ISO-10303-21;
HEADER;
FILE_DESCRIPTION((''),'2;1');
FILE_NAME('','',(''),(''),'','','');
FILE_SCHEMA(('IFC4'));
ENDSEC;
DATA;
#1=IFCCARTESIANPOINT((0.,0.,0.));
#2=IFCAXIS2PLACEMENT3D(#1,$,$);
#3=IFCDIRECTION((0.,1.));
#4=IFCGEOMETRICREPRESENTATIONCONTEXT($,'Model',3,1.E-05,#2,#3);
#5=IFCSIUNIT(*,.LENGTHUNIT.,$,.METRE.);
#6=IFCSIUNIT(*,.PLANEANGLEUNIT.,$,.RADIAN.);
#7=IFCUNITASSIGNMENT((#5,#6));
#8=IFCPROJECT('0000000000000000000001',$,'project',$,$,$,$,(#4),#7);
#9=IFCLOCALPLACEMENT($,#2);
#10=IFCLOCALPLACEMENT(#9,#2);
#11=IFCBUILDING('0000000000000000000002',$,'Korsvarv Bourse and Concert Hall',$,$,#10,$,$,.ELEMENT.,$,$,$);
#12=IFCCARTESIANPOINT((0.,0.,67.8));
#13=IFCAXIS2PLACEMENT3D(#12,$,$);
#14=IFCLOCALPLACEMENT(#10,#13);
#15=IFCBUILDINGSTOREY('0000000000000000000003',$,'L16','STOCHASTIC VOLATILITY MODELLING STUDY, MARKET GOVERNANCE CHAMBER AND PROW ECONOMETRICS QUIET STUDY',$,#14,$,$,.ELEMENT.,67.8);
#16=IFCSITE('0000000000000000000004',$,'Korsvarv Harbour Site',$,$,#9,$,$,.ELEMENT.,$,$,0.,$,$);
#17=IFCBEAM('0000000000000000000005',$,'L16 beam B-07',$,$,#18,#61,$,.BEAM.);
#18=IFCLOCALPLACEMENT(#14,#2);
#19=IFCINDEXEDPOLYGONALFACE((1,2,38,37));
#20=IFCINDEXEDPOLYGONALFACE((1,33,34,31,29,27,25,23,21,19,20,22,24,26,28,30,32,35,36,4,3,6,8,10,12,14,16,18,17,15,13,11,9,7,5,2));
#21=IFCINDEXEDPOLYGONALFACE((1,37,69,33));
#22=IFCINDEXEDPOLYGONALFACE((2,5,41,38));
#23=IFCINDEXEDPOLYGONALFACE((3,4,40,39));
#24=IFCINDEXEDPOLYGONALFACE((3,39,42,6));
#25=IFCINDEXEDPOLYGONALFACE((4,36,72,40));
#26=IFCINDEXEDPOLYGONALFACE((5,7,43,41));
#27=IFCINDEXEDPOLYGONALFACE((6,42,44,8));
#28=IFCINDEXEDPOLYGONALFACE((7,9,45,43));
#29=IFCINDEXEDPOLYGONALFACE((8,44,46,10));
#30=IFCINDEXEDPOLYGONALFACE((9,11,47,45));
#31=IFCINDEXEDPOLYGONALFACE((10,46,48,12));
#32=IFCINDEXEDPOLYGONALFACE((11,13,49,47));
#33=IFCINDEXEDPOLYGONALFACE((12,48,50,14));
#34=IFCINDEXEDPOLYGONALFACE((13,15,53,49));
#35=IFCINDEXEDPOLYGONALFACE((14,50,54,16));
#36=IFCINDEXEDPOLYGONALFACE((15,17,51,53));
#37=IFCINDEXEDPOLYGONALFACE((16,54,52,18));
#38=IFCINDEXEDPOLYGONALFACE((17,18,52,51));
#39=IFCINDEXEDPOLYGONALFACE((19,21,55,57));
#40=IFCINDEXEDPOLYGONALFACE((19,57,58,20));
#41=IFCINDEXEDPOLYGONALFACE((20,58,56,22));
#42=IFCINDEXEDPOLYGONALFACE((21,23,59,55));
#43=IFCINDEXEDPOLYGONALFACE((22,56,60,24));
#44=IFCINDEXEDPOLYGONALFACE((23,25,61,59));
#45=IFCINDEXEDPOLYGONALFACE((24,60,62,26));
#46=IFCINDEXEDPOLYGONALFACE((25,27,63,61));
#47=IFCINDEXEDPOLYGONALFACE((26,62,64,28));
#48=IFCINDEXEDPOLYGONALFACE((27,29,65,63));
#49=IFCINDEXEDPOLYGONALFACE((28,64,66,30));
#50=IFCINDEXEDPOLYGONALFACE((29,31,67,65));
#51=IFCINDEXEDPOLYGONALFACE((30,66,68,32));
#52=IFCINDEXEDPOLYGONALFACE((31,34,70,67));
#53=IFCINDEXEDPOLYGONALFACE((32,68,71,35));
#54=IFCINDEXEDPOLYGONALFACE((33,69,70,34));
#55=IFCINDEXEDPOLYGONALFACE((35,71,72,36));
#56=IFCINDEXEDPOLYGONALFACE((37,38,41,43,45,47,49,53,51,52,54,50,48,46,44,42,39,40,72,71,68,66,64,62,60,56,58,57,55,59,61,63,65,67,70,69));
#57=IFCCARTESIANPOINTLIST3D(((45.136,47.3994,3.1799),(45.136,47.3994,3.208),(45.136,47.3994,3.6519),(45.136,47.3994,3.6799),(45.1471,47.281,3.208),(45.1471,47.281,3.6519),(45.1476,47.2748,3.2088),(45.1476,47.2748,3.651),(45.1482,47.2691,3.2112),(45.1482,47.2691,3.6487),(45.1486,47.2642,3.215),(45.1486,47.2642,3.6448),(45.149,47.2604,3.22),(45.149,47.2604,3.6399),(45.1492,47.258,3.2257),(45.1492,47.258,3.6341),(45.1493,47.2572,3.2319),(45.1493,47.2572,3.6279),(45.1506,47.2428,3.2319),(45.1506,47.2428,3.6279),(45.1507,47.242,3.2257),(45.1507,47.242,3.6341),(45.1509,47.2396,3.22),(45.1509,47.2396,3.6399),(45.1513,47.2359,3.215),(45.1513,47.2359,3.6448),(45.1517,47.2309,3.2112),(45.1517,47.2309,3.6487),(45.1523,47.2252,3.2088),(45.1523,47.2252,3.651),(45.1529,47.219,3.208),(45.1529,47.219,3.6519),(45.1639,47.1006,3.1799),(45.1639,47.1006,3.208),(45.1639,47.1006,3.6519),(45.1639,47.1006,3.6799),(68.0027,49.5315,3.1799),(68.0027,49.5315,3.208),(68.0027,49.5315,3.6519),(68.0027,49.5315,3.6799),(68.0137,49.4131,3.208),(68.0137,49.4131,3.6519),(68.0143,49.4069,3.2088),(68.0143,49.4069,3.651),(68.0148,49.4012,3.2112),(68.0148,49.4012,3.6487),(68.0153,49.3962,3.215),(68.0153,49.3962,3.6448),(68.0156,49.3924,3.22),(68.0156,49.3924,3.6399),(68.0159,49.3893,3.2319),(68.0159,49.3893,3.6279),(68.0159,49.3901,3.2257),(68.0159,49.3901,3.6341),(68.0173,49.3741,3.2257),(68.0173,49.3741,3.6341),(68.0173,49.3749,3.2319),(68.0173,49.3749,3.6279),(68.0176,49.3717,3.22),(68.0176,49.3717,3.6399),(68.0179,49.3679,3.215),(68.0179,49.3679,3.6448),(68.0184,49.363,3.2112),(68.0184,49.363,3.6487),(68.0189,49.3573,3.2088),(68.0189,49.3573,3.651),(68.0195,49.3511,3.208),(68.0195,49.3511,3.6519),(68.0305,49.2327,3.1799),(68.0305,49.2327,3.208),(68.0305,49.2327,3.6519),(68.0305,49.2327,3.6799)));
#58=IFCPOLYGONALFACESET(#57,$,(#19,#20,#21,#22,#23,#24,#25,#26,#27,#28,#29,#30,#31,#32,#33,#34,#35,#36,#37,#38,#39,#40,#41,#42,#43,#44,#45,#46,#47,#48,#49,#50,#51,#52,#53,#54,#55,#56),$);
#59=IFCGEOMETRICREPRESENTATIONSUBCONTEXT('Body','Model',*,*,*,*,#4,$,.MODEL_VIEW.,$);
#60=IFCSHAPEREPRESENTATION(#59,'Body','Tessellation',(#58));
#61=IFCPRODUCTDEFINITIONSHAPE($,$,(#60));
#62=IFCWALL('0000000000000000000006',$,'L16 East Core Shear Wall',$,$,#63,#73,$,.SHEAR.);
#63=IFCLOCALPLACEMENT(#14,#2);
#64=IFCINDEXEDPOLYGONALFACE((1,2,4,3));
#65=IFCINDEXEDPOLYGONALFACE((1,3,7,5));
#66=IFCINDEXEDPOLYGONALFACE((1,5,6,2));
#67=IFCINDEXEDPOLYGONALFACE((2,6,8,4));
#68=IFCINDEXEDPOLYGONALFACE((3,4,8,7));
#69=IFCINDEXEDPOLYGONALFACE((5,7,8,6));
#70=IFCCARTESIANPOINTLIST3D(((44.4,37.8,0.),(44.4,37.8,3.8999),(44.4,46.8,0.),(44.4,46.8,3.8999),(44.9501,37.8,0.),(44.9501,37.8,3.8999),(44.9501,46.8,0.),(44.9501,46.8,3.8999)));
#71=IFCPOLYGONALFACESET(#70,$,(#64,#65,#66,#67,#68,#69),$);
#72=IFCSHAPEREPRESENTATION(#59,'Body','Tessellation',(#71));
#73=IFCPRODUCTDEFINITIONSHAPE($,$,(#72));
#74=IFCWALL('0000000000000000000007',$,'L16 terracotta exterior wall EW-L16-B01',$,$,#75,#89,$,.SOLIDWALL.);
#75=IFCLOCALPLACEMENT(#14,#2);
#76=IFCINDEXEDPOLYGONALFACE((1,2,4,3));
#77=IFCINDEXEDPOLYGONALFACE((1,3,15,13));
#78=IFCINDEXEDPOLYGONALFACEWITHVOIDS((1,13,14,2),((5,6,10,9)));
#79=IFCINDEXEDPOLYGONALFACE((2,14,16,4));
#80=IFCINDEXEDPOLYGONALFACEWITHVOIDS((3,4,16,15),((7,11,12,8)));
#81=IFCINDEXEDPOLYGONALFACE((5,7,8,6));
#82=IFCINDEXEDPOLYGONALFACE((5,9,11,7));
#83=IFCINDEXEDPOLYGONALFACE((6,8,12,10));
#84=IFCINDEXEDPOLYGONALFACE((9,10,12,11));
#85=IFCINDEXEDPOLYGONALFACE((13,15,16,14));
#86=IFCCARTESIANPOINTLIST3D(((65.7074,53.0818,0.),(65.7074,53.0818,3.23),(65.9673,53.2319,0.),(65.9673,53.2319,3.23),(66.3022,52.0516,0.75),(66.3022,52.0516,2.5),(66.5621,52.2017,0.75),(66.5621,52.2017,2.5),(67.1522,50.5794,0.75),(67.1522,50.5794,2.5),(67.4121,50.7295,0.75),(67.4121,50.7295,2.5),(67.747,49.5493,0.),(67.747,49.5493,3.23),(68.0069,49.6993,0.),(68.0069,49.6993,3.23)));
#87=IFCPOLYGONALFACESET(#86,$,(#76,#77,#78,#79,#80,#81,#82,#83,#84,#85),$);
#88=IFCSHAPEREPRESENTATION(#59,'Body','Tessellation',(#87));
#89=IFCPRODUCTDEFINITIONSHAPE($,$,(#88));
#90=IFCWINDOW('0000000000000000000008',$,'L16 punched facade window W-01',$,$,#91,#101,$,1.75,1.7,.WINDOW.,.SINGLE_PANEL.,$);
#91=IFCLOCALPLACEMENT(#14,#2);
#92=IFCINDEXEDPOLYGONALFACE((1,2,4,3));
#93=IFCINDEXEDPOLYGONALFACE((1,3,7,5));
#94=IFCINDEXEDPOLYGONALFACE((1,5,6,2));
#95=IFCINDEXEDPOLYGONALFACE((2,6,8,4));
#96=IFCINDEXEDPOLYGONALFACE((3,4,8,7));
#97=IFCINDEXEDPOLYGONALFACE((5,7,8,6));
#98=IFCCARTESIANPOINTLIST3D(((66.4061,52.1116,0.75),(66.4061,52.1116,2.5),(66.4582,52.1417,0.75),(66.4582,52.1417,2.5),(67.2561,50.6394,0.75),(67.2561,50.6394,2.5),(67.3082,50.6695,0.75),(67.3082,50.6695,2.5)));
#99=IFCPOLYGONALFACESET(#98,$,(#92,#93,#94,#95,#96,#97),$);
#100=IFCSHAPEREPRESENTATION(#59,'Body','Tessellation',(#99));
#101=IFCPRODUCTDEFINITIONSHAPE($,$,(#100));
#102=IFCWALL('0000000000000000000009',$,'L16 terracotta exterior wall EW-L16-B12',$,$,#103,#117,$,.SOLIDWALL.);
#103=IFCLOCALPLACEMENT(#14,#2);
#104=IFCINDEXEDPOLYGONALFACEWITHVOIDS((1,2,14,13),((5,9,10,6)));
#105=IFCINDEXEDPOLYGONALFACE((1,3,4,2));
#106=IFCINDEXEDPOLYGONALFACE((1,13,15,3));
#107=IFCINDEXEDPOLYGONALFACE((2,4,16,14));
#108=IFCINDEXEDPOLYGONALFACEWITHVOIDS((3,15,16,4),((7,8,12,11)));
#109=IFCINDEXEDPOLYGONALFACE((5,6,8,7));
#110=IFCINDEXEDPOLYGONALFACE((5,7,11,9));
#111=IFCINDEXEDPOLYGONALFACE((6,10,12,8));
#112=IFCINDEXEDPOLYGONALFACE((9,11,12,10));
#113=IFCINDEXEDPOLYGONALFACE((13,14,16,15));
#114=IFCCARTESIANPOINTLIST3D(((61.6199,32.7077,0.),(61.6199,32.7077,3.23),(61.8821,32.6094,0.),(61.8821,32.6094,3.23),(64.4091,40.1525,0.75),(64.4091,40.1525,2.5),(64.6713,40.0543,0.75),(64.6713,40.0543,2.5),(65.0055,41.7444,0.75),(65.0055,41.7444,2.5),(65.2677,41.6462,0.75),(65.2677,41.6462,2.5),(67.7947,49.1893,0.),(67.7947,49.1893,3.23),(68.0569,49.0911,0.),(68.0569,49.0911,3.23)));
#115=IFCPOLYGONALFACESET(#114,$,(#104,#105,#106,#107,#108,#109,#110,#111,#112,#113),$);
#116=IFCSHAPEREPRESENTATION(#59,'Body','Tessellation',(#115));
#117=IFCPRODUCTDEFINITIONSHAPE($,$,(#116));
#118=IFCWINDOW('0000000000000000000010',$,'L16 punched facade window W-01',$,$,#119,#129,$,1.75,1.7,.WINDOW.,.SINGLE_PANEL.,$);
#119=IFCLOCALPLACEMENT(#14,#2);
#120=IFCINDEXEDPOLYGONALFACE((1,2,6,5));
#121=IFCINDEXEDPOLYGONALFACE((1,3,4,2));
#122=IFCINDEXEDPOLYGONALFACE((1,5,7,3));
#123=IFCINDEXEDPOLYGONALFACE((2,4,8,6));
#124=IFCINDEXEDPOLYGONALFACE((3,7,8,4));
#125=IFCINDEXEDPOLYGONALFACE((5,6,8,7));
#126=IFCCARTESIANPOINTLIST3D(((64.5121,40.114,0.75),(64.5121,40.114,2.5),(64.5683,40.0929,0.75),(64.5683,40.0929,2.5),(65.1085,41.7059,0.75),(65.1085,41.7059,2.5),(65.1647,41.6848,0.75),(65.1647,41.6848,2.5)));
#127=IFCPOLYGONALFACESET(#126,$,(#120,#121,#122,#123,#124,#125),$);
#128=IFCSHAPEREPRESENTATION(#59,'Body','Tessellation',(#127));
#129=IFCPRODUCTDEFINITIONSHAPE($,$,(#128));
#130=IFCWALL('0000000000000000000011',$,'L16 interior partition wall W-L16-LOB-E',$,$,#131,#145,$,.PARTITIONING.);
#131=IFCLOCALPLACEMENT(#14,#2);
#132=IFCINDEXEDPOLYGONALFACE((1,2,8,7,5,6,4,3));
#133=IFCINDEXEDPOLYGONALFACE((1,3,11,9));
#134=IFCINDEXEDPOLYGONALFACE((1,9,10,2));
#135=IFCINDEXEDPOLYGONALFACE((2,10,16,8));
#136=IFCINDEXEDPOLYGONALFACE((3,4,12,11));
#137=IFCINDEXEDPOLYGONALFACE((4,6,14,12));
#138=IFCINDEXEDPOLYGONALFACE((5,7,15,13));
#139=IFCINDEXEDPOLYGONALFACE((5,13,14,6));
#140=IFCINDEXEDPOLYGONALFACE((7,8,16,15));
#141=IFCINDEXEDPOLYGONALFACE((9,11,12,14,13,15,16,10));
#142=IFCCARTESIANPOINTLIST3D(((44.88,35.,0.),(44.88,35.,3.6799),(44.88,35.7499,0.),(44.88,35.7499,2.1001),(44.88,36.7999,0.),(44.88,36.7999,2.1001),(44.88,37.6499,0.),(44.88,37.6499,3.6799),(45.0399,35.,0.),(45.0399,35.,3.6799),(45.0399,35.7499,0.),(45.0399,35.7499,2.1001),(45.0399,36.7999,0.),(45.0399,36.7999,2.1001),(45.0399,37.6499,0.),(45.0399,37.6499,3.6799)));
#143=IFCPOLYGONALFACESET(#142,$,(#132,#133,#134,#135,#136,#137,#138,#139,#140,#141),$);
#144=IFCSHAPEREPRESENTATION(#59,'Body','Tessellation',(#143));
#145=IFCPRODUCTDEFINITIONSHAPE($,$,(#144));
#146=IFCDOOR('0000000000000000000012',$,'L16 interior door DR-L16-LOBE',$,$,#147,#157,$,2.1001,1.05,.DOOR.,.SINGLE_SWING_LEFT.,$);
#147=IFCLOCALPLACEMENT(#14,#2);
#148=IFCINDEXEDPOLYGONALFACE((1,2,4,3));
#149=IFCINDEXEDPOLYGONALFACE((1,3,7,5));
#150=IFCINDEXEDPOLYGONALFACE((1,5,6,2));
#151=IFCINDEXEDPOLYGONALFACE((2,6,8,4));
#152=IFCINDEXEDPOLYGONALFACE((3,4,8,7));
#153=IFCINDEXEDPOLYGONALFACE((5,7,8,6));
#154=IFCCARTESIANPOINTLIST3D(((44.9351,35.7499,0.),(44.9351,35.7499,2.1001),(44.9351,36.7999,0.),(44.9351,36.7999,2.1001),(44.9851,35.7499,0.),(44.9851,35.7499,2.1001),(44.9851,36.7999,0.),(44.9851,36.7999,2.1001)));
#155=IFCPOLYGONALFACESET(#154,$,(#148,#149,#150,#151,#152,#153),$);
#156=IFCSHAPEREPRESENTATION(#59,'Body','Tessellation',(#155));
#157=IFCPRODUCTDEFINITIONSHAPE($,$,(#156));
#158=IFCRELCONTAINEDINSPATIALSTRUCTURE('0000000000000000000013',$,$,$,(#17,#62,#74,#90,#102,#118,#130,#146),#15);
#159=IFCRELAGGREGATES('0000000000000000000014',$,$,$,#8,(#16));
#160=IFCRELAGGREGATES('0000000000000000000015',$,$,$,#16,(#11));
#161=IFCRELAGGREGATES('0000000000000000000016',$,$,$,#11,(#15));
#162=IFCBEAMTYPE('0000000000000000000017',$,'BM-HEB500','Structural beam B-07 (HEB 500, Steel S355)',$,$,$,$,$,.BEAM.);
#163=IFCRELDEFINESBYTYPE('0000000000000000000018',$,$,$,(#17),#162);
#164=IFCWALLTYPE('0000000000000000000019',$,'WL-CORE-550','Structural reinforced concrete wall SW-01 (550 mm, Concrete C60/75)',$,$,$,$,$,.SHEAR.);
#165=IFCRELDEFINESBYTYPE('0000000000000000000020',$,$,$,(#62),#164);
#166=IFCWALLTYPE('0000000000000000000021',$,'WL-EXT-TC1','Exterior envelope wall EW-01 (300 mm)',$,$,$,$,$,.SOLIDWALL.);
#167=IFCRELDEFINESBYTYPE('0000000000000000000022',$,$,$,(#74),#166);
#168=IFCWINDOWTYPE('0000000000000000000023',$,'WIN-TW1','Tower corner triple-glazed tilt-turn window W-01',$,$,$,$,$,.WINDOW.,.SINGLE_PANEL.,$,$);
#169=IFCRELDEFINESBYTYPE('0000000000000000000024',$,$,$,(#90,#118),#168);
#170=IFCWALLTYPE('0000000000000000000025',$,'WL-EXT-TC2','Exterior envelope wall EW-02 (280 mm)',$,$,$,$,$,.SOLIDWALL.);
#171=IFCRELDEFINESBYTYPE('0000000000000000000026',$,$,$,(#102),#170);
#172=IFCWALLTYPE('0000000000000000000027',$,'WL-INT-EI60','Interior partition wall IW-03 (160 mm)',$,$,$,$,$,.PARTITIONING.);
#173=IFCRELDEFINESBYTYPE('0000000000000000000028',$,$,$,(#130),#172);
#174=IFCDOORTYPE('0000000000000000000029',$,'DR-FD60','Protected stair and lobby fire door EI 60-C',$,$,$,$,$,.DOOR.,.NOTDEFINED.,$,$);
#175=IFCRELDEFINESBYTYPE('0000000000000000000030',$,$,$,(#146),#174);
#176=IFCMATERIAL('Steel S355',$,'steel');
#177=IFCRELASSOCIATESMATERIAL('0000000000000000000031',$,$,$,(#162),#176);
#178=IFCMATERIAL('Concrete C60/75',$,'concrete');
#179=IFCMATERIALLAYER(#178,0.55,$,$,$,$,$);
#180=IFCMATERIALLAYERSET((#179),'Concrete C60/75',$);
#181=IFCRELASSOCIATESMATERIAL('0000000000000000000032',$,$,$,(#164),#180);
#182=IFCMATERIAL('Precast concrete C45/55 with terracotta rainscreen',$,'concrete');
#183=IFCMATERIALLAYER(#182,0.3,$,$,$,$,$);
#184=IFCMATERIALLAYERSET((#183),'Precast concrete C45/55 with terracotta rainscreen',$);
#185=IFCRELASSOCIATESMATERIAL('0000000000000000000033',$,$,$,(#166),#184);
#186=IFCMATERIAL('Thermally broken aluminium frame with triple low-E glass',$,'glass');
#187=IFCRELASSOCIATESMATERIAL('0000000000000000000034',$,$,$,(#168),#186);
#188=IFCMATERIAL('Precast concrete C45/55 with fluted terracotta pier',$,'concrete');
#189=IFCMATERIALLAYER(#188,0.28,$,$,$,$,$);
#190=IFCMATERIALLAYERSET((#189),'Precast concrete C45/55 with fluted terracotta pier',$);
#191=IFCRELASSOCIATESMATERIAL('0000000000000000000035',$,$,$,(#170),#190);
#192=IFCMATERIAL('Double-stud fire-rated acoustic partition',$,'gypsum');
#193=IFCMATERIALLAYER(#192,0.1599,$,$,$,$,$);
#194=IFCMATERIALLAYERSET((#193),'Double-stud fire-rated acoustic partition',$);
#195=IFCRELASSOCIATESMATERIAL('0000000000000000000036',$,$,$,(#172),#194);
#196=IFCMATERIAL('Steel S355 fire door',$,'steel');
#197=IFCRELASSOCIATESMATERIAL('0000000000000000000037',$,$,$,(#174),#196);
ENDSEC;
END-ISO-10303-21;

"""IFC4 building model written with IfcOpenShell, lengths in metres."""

from ifc_helpers import new_model, si_unit, direction, frame, frame_2d, origin, origin_2d, place, context, subcontext, project, spatial, rectangle, i_section, extrude, source, transform, mapped, material, layer, layer_set, material_profile, profile_set, type_object, element, fill, save


model = new_model("IFC4")

# Units and contexts
model_context = context("Model", 3, precision=1e-05, world=origin(), true_north=direction((0.0, 1.0)))
body_context = subcontext(model_context, "Body", "Model", "MODEL_VIEW")
ifc_project = project(units=[si_unit("LENGTHUNIT", "METRE"), si_unit("PLANEANGLEUNIT", "RADIAN")], contexts=[model_context])

# Site, building, storey
site_placement = place(None, origin())
site = spatial("IfcSite", under=ifc_project, at=site_placement, Name="Korsvarv Harbour Site", CompositionType="ELEMENT", RefElevation=0.0)
building_placement = place(site_placement, origin())
building = spatial("IfcBuilding", under=site, at=building_placement, Name="Korsvarv Bourse and Concert Hall", CompositionType="ELEMENT")
storey_placement = place(building_placement, frame((0.0, 0.0, 67.8)))
storey = spatial("IfcBuildingStorey", under=building, at=storey_placement, Name="L16", Description="STOCHASTIC VOLATILITY MODELLING STUDY, MARKET GOVERNANCE CHAMBER AND PROW ECONOMETRICS QUIET STUDY", CompositionType="ELEMENT", Elevation=67.8)

# Shared definitions
ifc_material_1 = material(Name="Concrete C60/75", Category="concrete")

# Beam
ifc_material_2 = material(Name="Steel S355", Category="steel")
ifc_material_profile_1 = material_profile(ifc_material_2, i_section(OverallWidth=0.3, OverallDepth=0.5, WebThickness=0.0144, FlangeThickness=0.0281, FilletRadius=0.0239, at=origin_2d()), Name="HEB 500")
ifc_profile_set_1 = profile_set([ifc_material_profile_1], Name="Steel S355")
beam_type_1 = type_object("IfcBeamType", Name="BM-HEB500", Description="Structural beam B-07 (HEB 500, Steel S355)", PredefinedType="BEAM", material=ifc_profile_set_1)
shared_shape_1 = source(origin(), body_context, "Body", "SweptSolid", [
    extrude(i_section(OverallWidth=0.3, OverallDepth=0.5, WebThickness=0.0144, FlangeThickness=0.0281, FilletRadius=0.0239, at=origin_2d()), origin(), (0.0, 0.0, 1.0), 22.9658),
])
beam_1_placement = place(storey_placement, frame((68.0166, 49.3821, 3.4299), z_axis=(-0.995681, -0.092837, 0.0), x_axis=(0.092837, -0.995681, 0.0)))
element("IfcBeam", 1, at=beam_1_placement, inside=storey, type_object=beam_type_1, Name="L16 beam B-07", PredefinedType="BEAM", context=body_context, shape_type="MappedRepresentation", body=[
    mapped(shared_shape_1, transform((0.0, 0.0, 0.0), scale=1.0)),
])

# Wall
ifc_layer_1 = layer(ifc_material_1, 0.55)
ifc_layer_set_1 = layer_set([ifc_layer_1], Name="Concrete C60/75")
wall_type_1 = type_object("IfcWallType", Name="WL-CORE-550", Description="Structural reinforced concrete wall SW-01 (550 mm, Concrete C60/75)", PredefinedType="SHEAR", material=ifc_layer_set_1)
wall_1_placement = place(storey_placement, frame((44.675, 37.8, 0.0), z_axis=(0.0, 0.0, 1.0), x_axis=(0.0, 1.0, 0.0)))
element("IfcWall", 2, at=wall_1_placement, inside=storey, type_object=wall_type_1, Name="L16 East Core Shear Wall", PredefinedType="SHEAR", context=body_context, shape_type="SweptSolid", body=[
    extrude(rectangle(XDim=9.0, YDim=0.55, at=frame_2d((4.5, 0.0))), origin(), (0.0, 0.0, 1.0), 3.8999),
])

# Walls, openings, windows
ifc_material_3 = material(Name="Precast concrete C45/55 with terracotta rainscreen", Category="concrete")
ifc_layer_2 = layer(ifc_material_3, 0.3)
ifc_layer_set_2 = layer_set([ifc_layer_2], Name="Precast concrete C45/55 with terracotta rainscreen")
wall_type_2 = type_object("IfcWallType", Name="WL-EXT-TC1", Description="Exterior envelope wall EW-01 (300 mm)", PredefinedType="SOLIDWALL", material=ifc_layer_set_2)
wall_2_placement = place(storey_placement, frame((67.877, 49.6243, 0.0), z_axis=(0.0, 0.0, 1.0), x_axis=(-0.500014, 0.866017, 0.0)))
wall_2 = element("IfcWall", 3, at=wall_2_placement, inside=storey, type_object=wall_type_2, Name="L16 terracotta exterior wall EW-L16-B01", PredefinedType="SOLIDWALL", context=body_context, shape_type="SweptSolid", body=[
    extrude(rectangle(XDim=4.0791, YDim=0.3, at=frame_2d((2.0396, 0.0))), origin(), (0.0, 0.0, 1.0), 3.23),
])
opening_1_placement = place(wall_2_placement, frame((1.1895, 0.0, 0.75)))
opening_1 = element("IfcOpeningElement", 4, at=opening_1_placement, cuts=wall_2, PredefinedType="OPENING", context=body_context, shape_type="SweptSolid", body=[
    extrude(rectangle(XDim=1.7, YDim=1.75, at=frame_2d((0.8501, 0.875))), frame((0.0, 0.1602, 0.0), z_axis=(0.0, -1.0, 0.0), x_axis=(1.0, 0.0, 0.0)), (0.0, 0.0, 1.0), 0.3201),
])
ifc_material_4 = material(Name="Thermally broken aluminium frame with triple low-E glass", Category="glass")
window_type = type_object("IfcWindowType", Name="WIN-TW1", Description="Tower corner triple-glazed tilt-turn window W-01", PartitioningType="SINGLE_PANEL", PredefinedType="WINDOW", material=ifc_material_4)
window_1_placement = place(opening_1_placement, origin())
window_1 = element("IfcWindow", 5, at=window_1_placement, inside=storey, type_object=window_type, Name="L16 punched facade window W-01", OverallHeight=1.75, OverallWidth=1.7, PartitioningType="SINGLE_PANEL", PredefinedType="WINDOW", context=body_context, shape_type="SweptSolid", body=[
    extrude(rectangle(XDim=1.7, YDim=1.75, at=frame_2d((0.8501, 0.875))), frame((0.0, 0.03, 0.0), z_axis=(0.0, -1.0, 0.0), x_axis=(1.0, 0.0, 0.0)), (0.0, 0.0, 1.0), 0.0601),
])
fill(opening_1, window_1)
ifc_material_5 = material(Name="Precast concrete C45/55 with fluted terracotta pier", Category="concrete")
ifc_layer_3 = layer(ifc_material_5, 0.28)
ifc_layer_set_3 = layer_set([ifc_layer_3], Name="Precast concrete C45/55 with fluted terracotta pier")
wall_type_3 = type_object("IfcWallType", Name="WL-EXT-TC2", Description="Exterior envelope wall EW-02 (280 mm)", PredefinedType="SOLIDWALL", material=ifc_layer_set_3)
wall_3_placement = place(storey_placement, frame((61.751, 32.6584, 0.0), z_axis=(0.0, 0.0, 1.0), x_axis=(0.350833, 0.936438, 0.0)))
wall_3 = element("IfcWall", 6, at=wall_3_placement, inside=storey, type_object=wall_type_3, Name="L16 terracotta exterior wall EW-L16-B12", PredefinedType="SOLIDWALL", context=body_context, shape_type="SweptSolid", body=[
    extrude(rectangle(XDim=17.6003, YDim=0.28, at=frame_2d((8.8003, 0.0))), origin(), (0.0, 0.0, 1.0), 3.23),
])
opening_2_placement = place(wall_3_placement, frame((7.9502, 0.0, 0.75)))
opening_2 = element("IfcOpeningElement", 7, at=opening_2_placement, cuts=wall_3, PredefinedType="OPENING", context=body_context, shape_type="SweptSolid", body=[
    extrude(rectangle(XDim=1.7, YDim=1.75, at=frame_2d((0.8501, 0.875))), frame((0.0, 0.1499, 0.0), z_axis=(0.0, -1.0, 0.0), x_axis=(1.0, 0.0, 0.0)), (0.0, 0.0, 1.0), 0.3),
])
window_2_placement = place(opening_2_placement, origin())
window_2 = element("IfcWindow", 8, at=window_2_placement, inside=storey, type_object=window_type, Name="L16 punched facade window W-01", OverallHeight=1.75, OverallWidth=1.7, PartitioningType="SINGLE_PANEL", PredefinedType="WINDOW", context=body_context, shape_type="SweptSolid", body=[
    extrude(rectangle(XDim=1.7, YDim=1.75, at=frame_2d((0.8501, 0.875))), frame((0.0, 0.03, 0.0), z_axis=(0.0, -1.0, 0.0), x_axis=(1.0, 0.0, 0.0)), (0.0, 0.0, 1.0), 0.0601),
])
fill(opening_2, window_2)

# Wall, opening, door
ifc_material_6 = material(Name="Double-stud fire-rated acoustic partition", Category="gypsum")
ifc_layer_4 = layer(ifc_material_6, 0.1599)
ifc_layer_set_4 = layer_set([ifc_layer_4], Name="Double-stud fire-rated acoustic partition")
wall_type_4 = type_object("IfcWallType", Name="WL-INT-EI60", Description="Interior partition wall IW-03 (160 mm)", PredefinedType="PARTITIONING", material=ifc_layer_set_4)
wall_4_placement = place(storey_placement, frame((44.96, 35.0, 0.0), z_axis=(0.0, 0.0, 1.0), x_axis=(0.0, 1.0, 0.0)))
wall_4 = element("IfcWall", 9, at=wall_4_placement, inside=storey, type_object=wall_type_4, Name="L16 interior partition wall W-L16-LOB-E", PredefinedType="PARTITIONING", context=body_context, shape_type="SweptSolid", body=[
    extrude(rectangle(XDim=2.6499, YDim=0.1599, at=frame_2d((1.325, 0.0))), origin(), (0.0, 0.0, 1.0), 3.6799),
])
opening_3_placement = place(wall_4_placement, frame((0.75, 0.0, 0.0)))
opening_3 = element("IfcOpeningElement", 10, at=opening_3_placement, cuts=wall_4, PredefinedType="OPENING", context=body_context, shape_type="SweptSolid", body=[
    extrude(rectangle(XDim=1.05, YDim=2.1001, at=frame_2d((0.5249, 1.05))), frame((0.0, 0.0898, 0.0), z_axis=(0.0, -1.0, 0.0), x_axis=(1.0, 0.0, 0.0)), (0.0, 0.0, 1.0), 0.1799),
])
ifc_material_7 = material(Name="Steel S355 fire door", Category="steel")
door_type_1 = type_object("IfcDoorType", Name="DR-FD60", Description="Protected stair and lobby fire door EI 60-C", OperationType="NOTDEFINED", PredefinedType="DOOR", material=ifc_material_7)
door_1_placement = place(opening_3_placement, origin())
door_1 = element("IfcDoor", 11, at=door_1_placement, inside=storey, type_object=door_type_1, Name="L16 interior door DR-L16-LOBE", OperationType="SINGLE_SWING_LEFT", OverallHeight=2.1001, OverallWidth=1.05, PredefinedType="DOOR", context=body_context, shape_type="SweptSolid", body=[
    extrude(rectangle(XDim=1.05, YDim=2.1001, at=frame_2d((0.5249, 1.05))), frame((0.0, 0.0249, 0.0), z_axis=(0.0, -1.0, 0.0), x_axis=(1.0, 0.0, 0.0)), (0.0, 0.0, 1.0), 0.05),
])
fill(opening_3, door_1)

save(model, "model.ifc")
